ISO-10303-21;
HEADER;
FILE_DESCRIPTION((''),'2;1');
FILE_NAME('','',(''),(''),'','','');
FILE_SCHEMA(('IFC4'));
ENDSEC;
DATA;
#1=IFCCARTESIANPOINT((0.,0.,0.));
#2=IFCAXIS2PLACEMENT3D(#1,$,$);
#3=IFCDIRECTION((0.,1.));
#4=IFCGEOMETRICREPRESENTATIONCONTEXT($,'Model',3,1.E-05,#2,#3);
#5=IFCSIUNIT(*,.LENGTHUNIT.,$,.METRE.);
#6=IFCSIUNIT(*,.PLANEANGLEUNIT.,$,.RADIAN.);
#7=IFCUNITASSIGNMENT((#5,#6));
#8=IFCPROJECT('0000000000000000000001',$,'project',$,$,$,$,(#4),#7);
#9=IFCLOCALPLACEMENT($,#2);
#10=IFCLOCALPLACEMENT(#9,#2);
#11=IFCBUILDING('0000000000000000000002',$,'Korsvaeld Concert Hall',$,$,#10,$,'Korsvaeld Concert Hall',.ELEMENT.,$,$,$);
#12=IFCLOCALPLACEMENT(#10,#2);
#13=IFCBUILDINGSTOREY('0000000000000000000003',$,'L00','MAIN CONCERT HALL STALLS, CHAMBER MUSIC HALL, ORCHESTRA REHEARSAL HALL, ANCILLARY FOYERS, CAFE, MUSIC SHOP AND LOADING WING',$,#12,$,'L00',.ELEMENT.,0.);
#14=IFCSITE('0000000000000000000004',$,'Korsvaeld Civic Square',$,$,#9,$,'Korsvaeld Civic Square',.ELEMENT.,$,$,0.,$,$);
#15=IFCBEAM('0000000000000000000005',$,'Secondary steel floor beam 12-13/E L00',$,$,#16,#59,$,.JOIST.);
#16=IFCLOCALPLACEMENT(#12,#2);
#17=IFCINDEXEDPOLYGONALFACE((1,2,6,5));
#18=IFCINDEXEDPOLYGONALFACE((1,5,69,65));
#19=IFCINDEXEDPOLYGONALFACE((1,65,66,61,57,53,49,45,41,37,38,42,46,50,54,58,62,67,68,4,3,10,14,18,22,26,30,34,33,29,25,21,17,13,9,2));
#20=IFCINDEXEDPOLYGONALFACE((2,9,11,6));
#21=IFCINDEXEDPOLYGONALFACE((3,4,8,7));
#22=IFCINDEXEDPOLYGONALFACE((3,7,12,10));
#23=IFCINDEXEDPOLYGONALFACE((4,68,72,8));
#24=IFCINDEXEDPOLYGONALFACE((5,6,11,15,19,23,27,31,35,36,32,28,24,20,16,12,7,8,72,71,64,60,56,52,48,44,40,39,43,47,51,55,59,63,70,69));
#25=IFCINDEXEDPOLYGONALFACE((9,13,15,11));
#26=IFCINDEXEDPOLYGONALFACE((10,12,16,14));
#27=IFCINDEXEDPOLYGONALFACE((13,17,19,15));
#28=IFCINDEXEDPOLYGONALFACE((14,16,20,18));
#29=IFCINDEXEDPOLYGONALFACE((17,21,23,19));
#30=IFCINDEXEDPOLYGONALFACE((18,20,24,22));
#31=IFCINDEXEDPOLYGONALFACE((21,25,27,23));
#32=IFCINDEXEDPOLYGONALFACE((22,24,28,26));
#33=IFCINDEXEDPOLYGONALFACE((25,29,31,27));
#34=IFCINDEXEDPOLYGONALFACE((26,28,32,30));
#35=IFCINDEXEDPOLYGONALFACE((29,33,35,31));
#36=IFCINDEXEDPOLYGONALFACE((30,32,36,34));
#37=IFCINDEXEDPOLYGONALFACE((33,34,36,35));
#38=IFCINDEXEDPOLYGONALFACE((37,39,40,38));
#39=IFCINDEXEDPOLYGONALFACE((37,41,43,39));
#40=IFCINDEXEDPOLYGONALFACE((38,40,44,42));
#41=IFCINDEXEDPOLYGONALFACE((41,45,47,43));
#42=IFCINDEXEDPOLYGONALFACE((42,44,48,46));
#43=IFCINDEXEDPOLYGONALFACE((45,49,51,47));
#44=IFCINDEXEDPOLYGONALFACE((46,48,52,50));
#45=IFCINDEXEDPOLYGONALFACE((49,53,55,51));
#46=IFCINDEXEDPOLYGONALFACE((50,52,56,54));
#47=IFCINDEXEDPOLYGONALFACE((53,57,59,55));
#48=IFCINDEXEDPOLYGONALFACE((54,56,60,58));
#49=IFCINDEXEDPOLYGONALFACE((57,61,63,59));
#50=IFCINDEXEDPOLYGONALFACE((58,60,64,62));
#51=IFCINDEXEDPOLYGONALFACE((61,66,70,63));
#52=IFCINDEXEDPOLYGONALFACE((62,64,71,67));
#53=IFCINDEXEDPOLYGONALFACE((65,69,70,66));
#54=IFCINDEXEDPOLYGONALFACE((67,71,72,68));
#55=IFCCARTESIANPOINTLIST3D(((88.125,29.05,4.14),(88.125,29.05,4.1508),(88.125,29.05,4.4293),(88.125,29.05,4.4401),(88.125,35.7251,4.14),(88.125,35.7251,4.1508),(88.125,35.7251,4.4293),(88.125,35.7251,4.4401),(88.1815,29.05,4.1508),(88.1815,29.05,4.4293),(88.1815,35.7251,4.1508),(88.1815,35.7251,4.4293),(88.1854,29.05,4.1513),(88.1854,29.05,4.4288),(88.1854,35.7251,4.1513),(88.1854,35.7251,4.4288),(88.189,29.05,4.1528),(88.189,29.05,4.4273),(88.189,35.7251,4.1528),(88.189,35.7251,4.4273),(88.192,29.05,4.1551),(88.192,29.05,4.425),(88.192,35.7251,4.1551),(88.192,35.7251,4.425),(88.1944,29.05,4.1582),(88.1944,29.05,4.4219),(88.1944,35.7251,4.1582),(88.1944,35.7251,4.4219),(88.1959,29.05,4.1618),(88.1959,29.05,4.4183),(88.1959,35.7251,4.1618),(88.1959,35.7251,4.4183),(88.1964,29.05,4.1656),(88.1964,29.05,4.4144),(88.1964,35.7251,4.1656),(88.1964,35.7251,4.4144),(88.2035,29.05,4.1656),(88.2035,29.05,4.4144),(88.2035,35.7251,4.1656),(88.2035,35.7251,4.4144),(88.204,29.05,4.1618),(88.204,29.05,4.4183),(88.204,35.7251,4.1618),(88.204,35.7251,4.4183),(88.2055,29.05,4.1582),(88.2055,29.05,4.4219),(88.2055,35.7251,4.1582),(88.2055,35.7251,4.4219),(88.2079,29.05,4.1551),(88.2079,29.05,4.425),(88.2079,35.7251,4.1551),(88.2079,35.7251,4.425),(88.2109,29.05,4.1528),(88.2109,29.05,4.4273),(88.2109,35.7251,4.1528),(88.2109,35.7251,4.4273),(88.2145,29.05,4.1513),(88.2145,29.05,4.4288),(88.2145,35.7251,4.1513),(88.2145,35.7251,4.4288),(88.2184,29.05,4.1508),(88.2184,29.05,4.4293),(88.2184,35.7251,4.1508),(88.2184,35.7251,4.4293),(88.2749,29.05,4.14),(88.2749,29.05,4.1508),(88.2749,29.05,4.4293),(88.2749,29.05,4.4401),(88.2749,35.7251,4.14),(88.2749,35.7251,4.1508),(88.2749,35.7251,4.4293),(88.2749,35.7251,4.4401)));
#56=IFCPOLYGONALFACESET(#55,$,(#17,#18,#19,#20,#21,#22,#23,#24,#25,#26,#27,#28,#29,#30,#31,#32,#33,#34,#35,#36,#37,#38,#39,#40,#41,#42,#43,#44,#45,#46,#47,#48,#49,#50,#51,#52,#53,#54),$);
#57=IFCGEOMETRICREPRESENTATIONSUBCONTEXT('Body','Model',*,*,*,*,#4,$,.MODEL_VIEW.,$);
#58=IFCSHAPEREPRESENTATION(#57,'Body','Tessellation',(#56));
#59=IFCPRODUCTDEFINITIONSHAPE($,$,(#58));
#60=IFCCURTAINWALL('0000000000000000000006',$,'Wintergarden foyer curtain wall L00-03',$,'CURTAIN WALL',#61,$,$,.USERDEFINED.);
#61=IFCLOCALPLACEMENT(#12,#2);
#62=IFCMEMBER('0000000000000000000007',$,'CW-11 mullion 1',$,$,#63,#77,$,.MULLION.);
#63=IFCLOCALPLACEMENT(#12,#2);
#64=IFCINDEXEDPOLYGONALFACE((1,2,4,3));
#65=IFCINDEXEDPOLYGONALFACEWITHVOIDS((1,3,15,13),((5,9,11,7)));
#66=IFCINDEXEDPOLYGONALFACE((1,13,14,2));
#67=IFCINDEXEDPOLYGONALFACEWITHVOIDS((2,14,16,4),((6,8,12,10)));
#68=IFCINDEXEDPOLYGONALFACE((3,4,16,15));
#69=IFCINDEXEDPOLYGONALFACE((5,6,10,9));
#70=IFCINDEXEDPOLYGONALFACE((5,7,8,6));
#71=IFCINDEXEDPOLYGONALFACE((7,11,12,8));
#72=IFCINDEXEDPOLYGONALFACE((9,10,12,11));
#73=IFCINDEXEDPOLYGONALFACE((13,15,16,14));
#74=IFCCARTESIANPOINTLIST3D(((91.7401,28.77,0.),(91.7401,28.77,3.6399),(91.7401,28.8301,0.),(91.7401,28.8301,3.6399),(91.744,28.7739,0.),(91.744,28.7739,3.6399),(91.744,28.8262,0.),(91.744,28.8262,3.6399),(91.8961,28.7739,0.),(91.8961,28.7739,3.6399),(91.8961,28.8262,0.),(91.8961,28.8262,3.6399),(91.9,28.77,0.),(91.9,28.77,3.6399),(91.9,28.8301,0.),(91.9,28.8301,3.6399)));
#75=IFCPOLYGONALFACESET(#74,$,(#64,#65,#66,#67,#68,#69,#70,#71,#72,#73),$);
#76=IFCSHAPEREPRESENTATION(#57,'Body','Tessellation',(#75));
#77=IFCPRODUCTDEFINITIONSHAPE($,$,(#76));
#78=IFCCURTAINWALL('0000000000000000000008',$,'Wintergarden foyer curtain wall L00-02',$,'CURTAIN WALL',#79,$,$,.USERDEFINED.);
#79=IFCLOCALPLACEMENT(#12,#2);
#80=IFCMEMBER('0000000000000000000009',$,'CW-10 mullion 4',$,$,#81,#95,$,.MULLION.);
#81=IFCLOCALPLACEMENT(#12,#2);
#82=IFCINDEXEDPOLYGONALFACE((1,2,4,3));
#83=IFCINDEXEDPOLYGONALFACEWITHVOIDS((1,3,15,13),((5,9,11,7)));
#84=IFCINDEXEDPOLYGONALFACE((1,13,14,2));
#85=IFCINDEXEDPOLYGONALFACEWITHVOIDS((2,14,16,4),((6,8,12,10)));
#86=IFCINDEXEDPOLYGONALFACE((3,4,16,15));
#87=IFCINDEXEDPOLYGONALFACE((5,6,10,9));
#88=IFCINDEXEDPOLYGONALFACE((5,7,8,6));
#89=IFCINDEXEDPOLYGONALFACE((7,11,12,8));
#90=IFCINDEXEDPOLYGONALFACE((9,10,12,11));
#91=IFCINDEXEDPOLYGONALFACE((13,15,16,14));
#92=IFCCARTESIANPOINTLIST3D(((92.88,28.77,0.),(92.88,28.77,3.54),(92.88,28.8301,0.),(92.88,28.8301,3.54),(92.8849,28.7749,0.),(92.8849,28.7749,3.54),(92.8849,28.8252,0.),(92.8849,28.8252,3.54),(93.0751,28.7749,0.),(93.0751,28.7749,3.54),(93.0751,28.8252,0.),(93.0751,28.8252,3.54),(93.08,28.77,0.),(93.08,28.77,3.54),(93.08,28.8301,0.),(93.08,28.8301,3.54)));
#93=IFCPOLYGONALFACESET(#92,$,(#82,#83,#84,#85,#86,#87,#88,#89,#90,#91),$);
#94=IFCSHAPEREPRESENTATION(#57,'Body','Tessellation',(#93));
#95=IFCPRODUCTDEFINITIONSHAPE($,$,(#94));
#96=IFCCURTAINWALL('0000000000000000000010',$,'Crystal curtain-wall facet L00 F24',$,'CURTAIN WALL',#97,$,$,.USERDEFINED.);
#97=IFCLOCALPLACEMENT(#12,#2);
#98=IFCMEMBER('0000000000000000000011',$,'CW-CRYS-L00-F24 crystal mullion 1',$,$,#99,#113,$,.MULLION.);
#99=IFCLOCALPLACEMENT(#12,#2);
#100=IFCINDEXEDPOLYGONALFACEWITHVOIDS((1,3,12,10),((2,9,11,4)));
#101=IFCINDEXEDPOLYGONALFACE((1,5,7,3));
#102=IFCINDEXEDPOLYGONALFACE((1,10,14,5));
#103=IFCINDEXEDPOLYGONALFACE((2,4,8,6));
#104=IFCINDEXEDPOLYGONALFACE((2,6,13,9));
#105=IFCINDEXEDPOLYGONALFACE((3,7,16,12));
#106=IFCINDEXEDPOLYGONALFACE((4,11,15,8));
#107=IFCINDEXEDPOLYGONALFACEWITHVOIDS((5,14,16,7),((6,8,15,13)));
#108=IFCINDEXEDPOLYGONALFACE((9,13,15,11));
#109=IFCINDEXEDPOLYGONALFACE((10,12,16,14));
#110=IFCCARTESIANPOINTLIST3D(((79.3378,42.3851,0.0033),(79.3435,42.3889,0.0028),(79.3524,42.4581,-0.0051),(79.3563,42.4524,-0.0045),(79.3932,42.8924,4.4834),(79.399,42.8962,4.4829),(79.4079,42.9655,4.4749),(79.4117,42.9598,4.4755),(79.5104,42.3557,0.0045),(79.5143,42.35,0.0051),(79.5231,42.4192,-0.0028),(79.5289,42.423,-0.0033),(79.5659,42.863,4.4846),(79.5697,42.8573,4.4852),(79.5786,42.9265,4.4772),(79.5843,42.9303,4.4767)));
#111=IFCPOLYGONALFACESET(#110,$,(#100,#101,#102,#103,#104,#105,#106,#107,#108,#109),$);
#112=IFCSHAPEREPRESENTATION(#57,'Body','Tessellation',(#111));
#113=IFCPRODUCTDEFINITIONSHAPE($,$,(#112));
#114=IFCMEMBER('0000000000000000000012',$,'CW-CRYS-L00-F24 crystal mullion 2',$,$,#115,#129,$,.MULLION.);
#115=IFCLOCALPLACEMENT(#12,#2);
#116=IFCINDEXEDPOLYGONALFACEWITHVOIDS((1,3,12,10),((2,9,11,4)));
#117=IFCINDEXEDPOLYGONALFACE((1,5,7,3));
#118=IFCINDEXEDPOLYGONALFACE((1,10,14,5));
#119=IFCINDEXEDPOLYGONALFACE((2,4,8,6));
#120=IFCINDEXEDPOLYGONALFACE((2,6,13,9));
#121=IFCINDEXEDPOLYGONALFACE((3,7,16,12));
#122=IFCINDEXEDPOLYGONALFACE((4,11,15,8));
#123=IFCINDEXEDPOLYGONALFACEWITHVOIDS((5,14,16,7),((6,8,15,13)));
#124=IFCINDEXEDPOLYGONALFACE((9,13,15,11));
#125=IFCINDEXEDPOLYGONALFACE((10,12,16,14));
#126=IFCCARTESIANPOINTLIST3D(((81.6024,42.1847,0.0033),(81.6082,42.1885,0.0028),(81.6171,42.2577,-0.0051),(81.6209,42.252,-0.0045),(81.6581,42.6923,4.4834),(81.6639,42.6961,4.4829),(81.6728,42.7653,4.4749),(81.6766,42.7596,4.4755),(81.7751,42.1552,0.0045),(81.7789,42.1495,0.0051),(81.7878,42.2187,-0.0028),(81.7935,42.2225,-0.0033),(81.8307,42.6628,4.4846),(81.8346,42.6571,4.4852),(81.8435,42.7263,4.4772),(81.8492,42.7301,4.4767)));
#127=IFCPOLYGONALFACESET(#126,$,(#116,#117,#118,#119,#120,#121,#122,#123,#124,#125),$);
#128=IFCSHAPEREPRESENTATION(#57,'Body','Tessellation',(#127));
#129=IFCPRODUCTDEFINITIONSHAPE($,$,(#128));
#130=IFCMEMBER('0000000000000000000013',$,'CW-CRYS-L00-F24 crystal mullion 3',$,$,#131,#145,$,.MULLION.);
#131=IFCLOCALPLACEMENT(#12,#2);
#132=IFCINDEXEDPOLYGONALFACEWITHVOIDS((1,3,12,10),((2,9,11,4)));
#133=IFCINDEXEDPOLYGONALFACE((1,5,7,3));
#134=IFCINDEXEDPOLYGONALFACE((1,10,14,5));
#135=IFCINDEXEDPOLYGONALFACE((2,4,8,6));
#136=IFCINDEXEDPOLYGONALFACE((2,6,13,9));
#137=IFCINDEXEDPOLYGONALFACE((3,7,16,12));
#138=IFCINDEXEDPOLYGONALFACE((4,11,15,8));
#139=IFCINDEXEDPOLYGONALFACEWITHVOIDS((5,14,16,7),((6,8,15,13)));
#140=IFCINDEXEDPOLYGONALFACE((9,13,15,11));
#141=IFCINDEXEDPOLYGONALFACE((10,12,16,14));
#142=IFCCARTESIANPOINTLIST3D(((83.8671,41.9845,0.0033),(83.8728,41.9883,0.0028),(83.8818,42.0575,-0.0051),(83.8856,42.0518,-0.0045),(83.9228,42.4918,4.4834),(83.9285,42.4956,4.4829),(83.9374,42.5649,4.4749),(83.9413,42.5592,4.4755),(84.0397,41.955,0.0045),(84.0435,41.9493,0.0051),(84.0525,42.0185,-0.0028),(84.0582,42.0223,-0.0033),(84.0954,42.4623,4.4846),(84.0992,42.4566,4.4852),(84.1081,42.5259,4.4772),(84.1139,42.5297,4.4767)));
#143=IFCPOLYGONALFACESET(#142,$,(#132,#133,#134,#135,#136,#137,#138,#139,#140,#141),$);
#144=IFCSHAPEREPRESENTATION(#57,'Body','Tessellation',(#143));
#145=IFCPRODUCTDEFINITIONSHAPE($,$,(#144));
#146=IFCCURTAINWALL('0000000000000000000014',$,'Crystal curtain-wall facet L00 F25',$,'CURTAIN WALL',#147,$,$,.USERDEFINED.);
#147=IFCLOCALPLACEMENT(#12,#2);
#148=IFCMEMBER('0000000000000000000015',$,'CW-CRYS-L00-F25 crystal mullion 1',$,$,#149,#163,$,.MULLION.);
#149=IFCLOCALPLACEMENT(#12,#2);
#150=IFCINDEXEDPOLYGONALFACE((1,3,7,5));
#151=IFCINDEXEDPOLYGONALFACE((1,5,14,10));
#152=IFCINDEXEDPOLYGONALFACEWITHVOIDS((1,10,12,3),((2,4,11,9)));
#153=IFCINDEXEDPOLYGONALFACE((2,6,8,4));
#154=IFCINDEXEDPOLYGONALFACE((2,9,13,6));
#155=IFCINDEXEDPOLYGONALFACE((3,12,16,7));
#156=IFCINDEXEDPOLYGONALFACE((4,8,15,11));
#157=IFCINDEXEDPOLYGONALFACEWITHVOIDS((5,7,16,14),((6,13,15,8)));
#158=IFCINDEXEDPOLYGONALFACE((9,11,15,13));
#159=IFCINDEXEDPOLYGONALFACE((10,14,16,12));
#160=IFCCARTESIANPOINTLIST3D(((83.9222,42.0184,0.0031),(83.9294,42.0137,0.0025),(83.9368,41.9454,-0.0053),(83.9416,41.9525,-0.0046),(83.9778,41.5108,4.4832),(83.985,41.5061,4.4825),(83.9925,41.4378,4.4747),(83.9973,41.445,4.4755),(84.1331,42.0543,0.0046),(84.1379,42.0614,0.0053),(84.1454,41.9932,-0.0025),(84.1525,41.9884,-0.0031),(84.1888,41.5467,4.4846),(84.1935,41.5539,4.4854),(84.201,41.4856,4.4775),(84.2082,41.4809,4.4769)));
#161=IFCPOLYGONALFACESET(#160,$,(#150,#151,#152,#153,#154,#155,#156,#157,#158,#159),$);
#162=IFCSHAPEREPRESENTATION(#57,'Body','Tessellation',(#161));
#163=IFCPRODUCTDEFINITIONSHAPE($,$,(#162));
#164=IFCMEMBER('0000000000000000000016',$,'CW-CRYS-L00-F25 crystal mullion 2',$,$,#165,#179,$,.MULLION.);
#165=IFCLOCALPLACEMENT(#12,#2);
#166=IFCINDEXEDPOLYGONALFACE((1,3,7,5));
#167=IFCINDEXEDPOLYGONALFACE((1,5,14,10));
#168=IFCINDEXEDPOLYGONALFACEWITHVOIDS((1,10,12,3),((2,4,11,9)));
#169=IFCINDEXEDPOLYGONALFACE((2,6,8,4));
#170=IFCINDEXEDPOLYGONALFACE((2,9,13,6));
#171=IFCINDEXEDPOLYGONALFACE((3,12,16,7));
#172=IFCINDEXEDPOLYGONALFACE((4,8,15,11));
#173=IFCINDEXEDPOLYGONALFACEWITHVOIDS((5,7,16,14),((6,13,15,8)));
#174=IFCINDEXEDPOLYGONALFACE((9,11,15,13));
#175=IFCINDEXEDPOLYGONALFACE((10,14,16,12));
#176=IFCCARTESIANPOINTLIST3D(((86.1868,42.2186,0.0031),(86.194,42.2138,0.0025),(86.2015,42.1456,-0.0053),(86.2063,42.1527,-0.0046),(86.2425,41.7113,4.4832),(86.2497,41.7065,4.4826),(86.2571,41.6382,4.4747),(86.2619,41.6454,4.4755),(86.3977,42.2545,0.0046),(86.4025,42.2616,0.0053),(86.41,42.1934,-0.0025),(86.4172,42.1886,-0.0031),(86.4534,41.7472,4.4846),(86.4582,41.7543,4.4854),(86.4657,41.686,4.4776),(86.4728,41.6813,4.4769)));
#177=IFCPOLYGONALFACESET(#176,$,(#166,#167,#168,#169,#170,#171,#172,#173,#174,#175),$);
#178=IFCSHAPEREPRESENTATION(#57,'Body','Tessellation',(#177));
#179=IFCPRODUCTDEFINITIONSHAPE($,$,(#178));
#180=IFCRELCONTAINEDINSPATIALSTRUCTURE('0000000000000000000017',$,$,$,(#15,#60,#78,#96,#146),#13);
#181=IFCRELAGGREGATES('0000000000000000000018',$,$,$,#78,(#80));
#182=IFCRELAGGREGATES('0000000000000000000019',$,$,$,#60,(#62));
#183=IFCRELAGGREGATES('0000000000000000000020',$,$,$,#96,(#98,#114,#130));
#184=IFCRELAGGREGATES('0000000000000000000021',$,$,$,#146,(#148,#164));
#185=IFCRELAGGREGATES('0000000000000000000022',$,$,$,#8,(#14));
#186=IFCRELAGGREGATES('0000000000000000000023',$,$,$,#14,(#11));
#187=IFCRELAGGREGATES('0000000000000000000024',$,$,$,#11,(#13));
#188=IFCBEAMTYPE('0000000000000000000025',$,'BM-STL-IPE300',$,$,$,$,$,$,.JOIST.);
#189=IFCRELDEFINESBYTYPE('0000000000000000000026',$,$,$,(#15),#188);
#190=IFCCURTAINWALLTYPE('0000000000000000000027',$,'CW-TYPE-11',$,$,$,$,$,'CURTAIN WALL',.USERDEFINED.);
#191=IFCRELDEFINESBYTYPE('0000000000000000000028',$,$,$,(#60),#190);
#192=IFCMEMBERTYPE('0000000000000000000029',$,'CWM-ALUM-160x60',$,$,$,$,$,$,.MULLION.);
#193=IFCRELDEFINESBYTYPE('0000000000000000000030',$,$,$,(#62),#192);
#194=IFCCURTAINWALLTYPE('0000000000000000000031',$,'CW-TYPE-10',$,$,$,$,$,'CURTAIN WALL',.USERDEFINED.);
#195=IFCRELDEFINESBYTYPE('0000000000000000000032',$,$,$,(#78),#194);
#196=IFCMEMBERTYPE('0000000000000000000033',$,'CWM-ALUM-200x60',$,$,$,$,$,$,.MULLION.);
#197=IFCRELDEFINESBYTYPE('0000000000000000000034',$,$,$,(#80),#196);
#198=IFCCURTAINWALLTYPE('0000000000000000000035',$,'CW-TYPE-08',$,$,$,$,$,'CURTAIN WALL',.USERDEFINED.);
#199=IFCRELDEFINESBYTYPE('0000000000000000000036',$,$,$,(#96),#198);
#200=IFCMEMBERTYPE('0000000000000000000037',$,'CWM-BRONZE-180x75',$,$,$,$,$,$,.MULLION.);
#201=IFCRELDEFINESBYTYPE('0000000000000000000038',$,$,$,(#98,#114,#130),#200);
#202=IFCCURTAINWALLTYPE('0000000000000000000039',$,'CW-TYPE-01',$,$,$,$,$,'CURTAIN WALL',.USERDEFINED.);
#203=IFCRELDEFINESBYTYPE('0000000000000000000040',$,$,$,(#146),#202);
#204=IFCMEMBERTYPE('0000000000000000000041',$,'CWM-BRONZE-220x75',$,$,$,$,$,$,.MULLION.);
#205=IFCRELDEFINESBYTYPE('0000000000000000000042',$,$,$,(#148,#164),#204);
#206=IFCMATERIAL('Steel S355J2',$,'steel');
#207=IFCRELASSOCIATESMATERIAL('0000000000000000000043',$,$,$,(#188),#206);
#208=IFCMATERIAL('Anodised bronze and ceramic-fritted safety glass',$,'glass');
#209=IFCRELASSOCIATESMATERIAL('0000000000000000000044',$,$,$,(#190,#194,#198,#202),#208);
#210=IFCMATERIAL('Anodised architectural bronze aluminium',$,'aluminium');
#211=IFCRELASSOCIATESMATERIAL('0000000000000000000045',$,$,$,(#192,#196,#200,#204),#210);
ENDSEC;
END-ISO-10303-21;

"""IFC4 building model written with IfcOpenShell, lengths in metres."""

from ifc_helpers import new_model, si_unit, direction, frame, origin, origin_2d, place, context, subcontext, project, spatial, hollow_rectangle, i_section, extrude, material, material_profile, profile_set, type_object, element, aggregate, save


model = new_model("IFC4")

# Units and contexts
model_context = context("Model", 3, precision=1e-05, world=origin(), true_north=direction((0.0, 1.0)))
body_context = subcontext(model_context, "Body", "Model", "MODEL_VIEW")
ifc_project = project(units=[si_unit("LENGTHUNIT", "METRE"), si_unit("PLANEANGLEUNIT", "RADIAN")], contexts=[model_context])

# Site, building, storey
site_placement = place(None, origin())
site = spatial("IfcSite", under=ifc_project, at=site_placement, Name="Korsvaeld Civic Square", LongName="Korsvaeld Civic Square", CompositionType="ELEMENT", RefElevation=0.0)
building_placement = place(site_placement, origin())
building = spatial("IfcBuilding", under=site, at=building_placement, Name="Korsvaeld Concert Hall", LongName="Korsvaeld Concert Hall", CompositionType="ELEMENT")
storey_placement = place(building_placement, origin())
storey = spatial("IfcBuildingStorey", under=building, at=storey_placement, Name="L00", Description="MAIN CONCERT HALL STALLS, CHAMBER MUSIC HALL, ORCHESTRA REHEARSAL HALL, ANCILLARY FOYERS, CAFE, MUSIC SHOP AND LOADING WING", LongName="L00", CompositionType="ELEMENT", Elevation=0.0)

# Beam
ifc_material_1 = material(Name="Steel S355J2", Category="steel")
ifc_material_profile_1 = material_profile(ifc_material_1, i_section(OverallWidth=0.1499, OverallDepth=0.3, WebThickness=0.0071, FlangeThickness=0.0107, FilletRadius=0.0149, at=origin_2d()), Name="IPE 300")
ifc_profile_set_1 = profile_set([ifc_material_profile_1], Name="Steel S355J2")
beam_type_1 = type_object("IfcBeamType", Name="BM-STL-IPE300", PredefinedType="JOIST", material=ifc_profile_set_1)
beam_1_placement = place(storey_placement, frame((88.2, 29.05, 4.29), z_axis=(0.0, 1.0, 0.0), x_axis=(-1.0, 0.0, 0.0)))
element("IfcBeam", 1, at=beam_1_placement, inside=storey, type_object=beam_type_1, Name="Secondary steel floor beam 12-13/E L00", PredefinedType="JOIST", context=body_context, shape_type="SweptSolid", body=[
    extrude(i_section(OverallWidth=0.1499, OverallDepth=0.3, WebThickness=0.0071, FlangeThickness=0.0107, FilletRadius=0.0149, at=origin_2d()), origin(), (0.0, 0.0, 1.0), 6.675),
])

# Curtain walls, members
ifc_material_2 = material(Name="Anodised bronze and ceramic-fritted safety glass", Category="glass")
curtain_wall_type_1 = type_object("IfcCurtainWallType", Name="CW-TYPE-11", ElementType="CURTAIN WALL", PredefinedType="USERDEFINED", material=ifc_material_2)
curtain_wall_1_placement = place(storey_placement, origin())
curtain_wall_1 = element("IfcCurtainWall", 2, at=curtain_wall_1_placement, inside=storey, type_object=curtain_wall_type_1, Name="Wintergarden foyer curtain wall L00-03", ObjectType="CURTAIN WALL", PredefinedType="USERDEFINED")
ifc_material_3 = material(Name="Anodised architectural bronze aluminium", Category="aluminium")
ifc_material_profile_2 = material_profile(ifc_material_3, hollow_rectangle(XDim=0.0601, YDim=0.1599, WallThickness=0.0039, at=origin_2d()), Name="CWM 160x60x4")
ifc_profile_set_2 = profile_set([ifc_material_profile_2], Name="Anodised architectural bronze aluminium")
member_type_1 = type_object("IfcMemberType", Name="CWM-ALUM-160x60", PredefinedType="MULLION", material=ifc_profile_set_2)
member_1_placement = place(storey_placement, frame((91.8201, 28.8, 0.0), z_axis=(0.0, 0.0, 1.0), x_axis=(0.0, -1.0, 0.0)))
member_1 = element("IfcMember", 3, at=member_1_placement, type_object=member_type_1, Name="CW-11 mullion 1", PredefinedType="MULLION", context=body_context, shape_type="SweptSolid", body=[
    extrude(hollow_rectangle(XDim=0.0601, YDim=0.1599, WallThickness=0.0039, at=origin_2d()), origin(), (0.0, 0.0, 1.0), 3.6399),
])
curtain_wall_type_2 = type_object("IfcCurtainWallType", Name="CW-TYPE-10", ElementType="CURTAIN WALL", PredefinedType="USERDEFINED", material=ifc_material_2)
curtain_wall_2_placement = place(storey_placement, origin())
curtain_wall_2 = element("IfcCurtainWall", 4, at=curtain_wall_2_placement, inside=storey, type_object=curtain_wall_type_2, Name="Wintergarden foyer curtain wall L00-02", ObjectType="CURTAIN WALL", PredefinedType="USERDEFINED")
ifc_material_profile_3 = material_profile(ifc_material_3, hollow_rectangle(XDim=0.0601, YDim=0.2, WallThickness=0.0049, at=origin_2d()), Name="CWM 200x60x5")
ifc_profile_set_3 = profile_set([ifc_material_profile_3], Name="Anodised architectural bronze aluminium")
member_type_2 = type_object("IfcMemberType", Name="CWM-ALUM-200x60", PredefinedType="MULLION", material=ifc_profile_set_3)
member_2_placement = place(storey_placement, frame((92.98, 28.8, 0.0), z_axis=(0.0, 0.0, 1.0), x_axis=(0.0, -1.0, 0.0)))
member_2 = element("IfcMember", 5, at=member_2_placement, type_object=member_type_2, Name="CW-10 mullion 4", PredefinedType="MULLION", context=body_context, shape_type="SweptSolid", body=[
    extrude(hollow_rectangle(XDim=0.0601, YDim=0.2, WallThickness=0.0049, at=origin_2d()), origin(), (0.0, 0.0, 1.0), 3.54),
])
aggregate(curtain_wall_2, [member_2])

# Curtain walls, members
curtain_wall_type_3 = type_object("IfcCurtainWallType", Name="CW-TYPE-08", ElementType="CURTAIN WALL", PredefinedType="USERDEFINED", material=ifc_material_2)
curtain_wall_3_placement = place(storey_placement, origin())
curtain_wall_3 = element("IfcCurtainWall", 6, at=curtain_wall_3_placement, inside=storey, type_object=curtain_wall_type_3, Name="Crystal curtain-wall facet L00 F24", ObjectType="CURTAIN WALL", PredefinedType="USERDEFINED")
ifc_material_profile_4 = material_profile(ifc_material_3, hollow_rectangle(XDim=0.075, YDim=0.1799, WallThickness=0.0049, at=origin_2d()), Name="CWM 180x75x5")
ifc_profile_set_4 = profile_set([ifc_material_profile_4], Name="Anodised architectural bronze aluminium")
member_type_3 = type_object("IfcMemberType", Name="CWM-BRONZE-180x75", PredefinedType="MULLION", material=ifc_profile_set_4)
member_3_placement = place(storey_placement, frame((79.4333, 42.4041, 0.0), z_axis=(0.012291, 0.112515, 0.993574), x_axis=(-0.195097, -0.974282, 0.112744)))
member_3 = element("IfcMember", 7, at=member_3_placement, type_object=member_type_3, Name="CW-CRYS-L00-F24 crystal mullion 1", PredefinedType="MULLION", context=body_context, shape_type="SweptSolid", body=[
    extrude(hollow_rectangle(XDim=0.075, YDim=0.1799, WallThickness=0.0049, at=origin_2d()), origin(), (0.0, 0.0, 1.0), 4.509),
])
member_4_placement = place(storey_placement, frame((81.698, 42.2036, 0.0), z_axis=(0.012345, 0.112568, 0.993567), x_axis=(-0.195508, -0.974193, 0.112802)))
member_4 = element("IfcMember", 8, at=member_4_placement, type_object=member_type_3, Name="CW-CRYS-L00-F24 crystal mullion 2", PredefinedType="MULLION", context=body_context, shape_type="SweptSolid", body=[
    extrude(hollow_rectangle(XDim=0.075, YDim=0.1799, WallThickness=0.0049, at=origin_2d()), origin(), (0.0, 0.0, 1.0), 4.509),
])
member_5_placement = place(storey_placement, frame((83.9626, 42.0034, 0.0), z_axis=(0.012345, 0.112515, 0.993573), x_axis=(-0.19556, -0.974189, 0.112749)))
member_5 = element("IfcMember", 9, at=member_5_placement, type_object=member_type_3, Name="CW-CRYS-L00-F24 crystal mullion 3", PredefinedType="MULLION", context=body_context, shape_type="SweptSolid", body=[
    extrude(hollow_rectangle(XDim=0.075, YDim=0.1799, WallThickness=0.0049, at=origin_2d()), origin(), (0.0, 0.0, 1.0), 4.509),
])
curtain_wall_type_4 = type_object("IfcCurtainWallType", Name="CW-TYPE-01", ElementType="CURTAIN WALL", PredefinedType="USERDEFINED", material=ifc_material_2)
curtain_wall_4_placement = place(storey_placement, origin())
curtain_wall_4 = element("IfcCurtainWall", 10, at=curtain_wall_4_placement, inside=storey, type_object=curtain_wall_type_4, Name="Crystal curtain-wall facet L00 F25", ObjectType="CURTAIN WALL", PredefinedType="USERDEFINED")
ifc_material_profile_5 = material_profile(ifc_material_3, hollow_rectangle(XDim=0.075, YDim=0.22, WallThickness=0.0061, at=origin_2d()), Name="CWM 220x75x6")
ifc_profile_set_5 = profile_set([ifc_material_profile_5], Name="Anodised architectural bronze aluminium")
member_type_4 = type_object("IfcMemberType", Name="CWM-BRONZE-220x75", PredefinedType="MULLION", material=ifc_profile_set_5)
member_6_placement = place(storey_placement, frame((84.0374, 42.0034, 0.0), z_axis=(0.012345, -0.112568, 0.993567), x_axis=(-0.195508, 0.974193, 0.112802)))
member_6 = element("IfcMember", 11, at=member_6_placement, type_object=member_type_4, Name="CW-CRYS-L00-F25 crystal mullion 1", PredefinedType="MULLION", context=body_context, shape_type="SweptSolid", body=[
    extrude(hollow_rectangle(XDim=0.075, YDim=0.22, WallThickness=0.0061, at=origin_2d()), origin(), (0.0, 0.0, 1.0), 4.509),
])
member_7_placement = place(storey_placement, frame((86.302, 42.2036, 0.0), z_axis=(0.012345, -0.112515, 0.993573), x_axis=(-0.19556, 0.974189, 0.112749)))
member_7 = element("IfcMember", 12, at=member_7_placement, type_object=member_type_4, Name="CW-CRYS-L00-F25 crystal mullion 2", PredefinedType="MULLION", context=body_context, shape_type="SweptSolid", body=[
    extrude(hollow_rectangle(XDim=0.075, YDim=0.22, WallThickness=0.0061, at=origin_2d()), origin(), (0.0, 0.0, 1.0), 4.509),
])

aggregate(curtain_wall_1, [member_1])

aggregate(curtain_wall_3, [member_3, member_4, member_5])
aggregate(curtain_wall_4, [member_6, member_7])

save(model, "model.ifc")
